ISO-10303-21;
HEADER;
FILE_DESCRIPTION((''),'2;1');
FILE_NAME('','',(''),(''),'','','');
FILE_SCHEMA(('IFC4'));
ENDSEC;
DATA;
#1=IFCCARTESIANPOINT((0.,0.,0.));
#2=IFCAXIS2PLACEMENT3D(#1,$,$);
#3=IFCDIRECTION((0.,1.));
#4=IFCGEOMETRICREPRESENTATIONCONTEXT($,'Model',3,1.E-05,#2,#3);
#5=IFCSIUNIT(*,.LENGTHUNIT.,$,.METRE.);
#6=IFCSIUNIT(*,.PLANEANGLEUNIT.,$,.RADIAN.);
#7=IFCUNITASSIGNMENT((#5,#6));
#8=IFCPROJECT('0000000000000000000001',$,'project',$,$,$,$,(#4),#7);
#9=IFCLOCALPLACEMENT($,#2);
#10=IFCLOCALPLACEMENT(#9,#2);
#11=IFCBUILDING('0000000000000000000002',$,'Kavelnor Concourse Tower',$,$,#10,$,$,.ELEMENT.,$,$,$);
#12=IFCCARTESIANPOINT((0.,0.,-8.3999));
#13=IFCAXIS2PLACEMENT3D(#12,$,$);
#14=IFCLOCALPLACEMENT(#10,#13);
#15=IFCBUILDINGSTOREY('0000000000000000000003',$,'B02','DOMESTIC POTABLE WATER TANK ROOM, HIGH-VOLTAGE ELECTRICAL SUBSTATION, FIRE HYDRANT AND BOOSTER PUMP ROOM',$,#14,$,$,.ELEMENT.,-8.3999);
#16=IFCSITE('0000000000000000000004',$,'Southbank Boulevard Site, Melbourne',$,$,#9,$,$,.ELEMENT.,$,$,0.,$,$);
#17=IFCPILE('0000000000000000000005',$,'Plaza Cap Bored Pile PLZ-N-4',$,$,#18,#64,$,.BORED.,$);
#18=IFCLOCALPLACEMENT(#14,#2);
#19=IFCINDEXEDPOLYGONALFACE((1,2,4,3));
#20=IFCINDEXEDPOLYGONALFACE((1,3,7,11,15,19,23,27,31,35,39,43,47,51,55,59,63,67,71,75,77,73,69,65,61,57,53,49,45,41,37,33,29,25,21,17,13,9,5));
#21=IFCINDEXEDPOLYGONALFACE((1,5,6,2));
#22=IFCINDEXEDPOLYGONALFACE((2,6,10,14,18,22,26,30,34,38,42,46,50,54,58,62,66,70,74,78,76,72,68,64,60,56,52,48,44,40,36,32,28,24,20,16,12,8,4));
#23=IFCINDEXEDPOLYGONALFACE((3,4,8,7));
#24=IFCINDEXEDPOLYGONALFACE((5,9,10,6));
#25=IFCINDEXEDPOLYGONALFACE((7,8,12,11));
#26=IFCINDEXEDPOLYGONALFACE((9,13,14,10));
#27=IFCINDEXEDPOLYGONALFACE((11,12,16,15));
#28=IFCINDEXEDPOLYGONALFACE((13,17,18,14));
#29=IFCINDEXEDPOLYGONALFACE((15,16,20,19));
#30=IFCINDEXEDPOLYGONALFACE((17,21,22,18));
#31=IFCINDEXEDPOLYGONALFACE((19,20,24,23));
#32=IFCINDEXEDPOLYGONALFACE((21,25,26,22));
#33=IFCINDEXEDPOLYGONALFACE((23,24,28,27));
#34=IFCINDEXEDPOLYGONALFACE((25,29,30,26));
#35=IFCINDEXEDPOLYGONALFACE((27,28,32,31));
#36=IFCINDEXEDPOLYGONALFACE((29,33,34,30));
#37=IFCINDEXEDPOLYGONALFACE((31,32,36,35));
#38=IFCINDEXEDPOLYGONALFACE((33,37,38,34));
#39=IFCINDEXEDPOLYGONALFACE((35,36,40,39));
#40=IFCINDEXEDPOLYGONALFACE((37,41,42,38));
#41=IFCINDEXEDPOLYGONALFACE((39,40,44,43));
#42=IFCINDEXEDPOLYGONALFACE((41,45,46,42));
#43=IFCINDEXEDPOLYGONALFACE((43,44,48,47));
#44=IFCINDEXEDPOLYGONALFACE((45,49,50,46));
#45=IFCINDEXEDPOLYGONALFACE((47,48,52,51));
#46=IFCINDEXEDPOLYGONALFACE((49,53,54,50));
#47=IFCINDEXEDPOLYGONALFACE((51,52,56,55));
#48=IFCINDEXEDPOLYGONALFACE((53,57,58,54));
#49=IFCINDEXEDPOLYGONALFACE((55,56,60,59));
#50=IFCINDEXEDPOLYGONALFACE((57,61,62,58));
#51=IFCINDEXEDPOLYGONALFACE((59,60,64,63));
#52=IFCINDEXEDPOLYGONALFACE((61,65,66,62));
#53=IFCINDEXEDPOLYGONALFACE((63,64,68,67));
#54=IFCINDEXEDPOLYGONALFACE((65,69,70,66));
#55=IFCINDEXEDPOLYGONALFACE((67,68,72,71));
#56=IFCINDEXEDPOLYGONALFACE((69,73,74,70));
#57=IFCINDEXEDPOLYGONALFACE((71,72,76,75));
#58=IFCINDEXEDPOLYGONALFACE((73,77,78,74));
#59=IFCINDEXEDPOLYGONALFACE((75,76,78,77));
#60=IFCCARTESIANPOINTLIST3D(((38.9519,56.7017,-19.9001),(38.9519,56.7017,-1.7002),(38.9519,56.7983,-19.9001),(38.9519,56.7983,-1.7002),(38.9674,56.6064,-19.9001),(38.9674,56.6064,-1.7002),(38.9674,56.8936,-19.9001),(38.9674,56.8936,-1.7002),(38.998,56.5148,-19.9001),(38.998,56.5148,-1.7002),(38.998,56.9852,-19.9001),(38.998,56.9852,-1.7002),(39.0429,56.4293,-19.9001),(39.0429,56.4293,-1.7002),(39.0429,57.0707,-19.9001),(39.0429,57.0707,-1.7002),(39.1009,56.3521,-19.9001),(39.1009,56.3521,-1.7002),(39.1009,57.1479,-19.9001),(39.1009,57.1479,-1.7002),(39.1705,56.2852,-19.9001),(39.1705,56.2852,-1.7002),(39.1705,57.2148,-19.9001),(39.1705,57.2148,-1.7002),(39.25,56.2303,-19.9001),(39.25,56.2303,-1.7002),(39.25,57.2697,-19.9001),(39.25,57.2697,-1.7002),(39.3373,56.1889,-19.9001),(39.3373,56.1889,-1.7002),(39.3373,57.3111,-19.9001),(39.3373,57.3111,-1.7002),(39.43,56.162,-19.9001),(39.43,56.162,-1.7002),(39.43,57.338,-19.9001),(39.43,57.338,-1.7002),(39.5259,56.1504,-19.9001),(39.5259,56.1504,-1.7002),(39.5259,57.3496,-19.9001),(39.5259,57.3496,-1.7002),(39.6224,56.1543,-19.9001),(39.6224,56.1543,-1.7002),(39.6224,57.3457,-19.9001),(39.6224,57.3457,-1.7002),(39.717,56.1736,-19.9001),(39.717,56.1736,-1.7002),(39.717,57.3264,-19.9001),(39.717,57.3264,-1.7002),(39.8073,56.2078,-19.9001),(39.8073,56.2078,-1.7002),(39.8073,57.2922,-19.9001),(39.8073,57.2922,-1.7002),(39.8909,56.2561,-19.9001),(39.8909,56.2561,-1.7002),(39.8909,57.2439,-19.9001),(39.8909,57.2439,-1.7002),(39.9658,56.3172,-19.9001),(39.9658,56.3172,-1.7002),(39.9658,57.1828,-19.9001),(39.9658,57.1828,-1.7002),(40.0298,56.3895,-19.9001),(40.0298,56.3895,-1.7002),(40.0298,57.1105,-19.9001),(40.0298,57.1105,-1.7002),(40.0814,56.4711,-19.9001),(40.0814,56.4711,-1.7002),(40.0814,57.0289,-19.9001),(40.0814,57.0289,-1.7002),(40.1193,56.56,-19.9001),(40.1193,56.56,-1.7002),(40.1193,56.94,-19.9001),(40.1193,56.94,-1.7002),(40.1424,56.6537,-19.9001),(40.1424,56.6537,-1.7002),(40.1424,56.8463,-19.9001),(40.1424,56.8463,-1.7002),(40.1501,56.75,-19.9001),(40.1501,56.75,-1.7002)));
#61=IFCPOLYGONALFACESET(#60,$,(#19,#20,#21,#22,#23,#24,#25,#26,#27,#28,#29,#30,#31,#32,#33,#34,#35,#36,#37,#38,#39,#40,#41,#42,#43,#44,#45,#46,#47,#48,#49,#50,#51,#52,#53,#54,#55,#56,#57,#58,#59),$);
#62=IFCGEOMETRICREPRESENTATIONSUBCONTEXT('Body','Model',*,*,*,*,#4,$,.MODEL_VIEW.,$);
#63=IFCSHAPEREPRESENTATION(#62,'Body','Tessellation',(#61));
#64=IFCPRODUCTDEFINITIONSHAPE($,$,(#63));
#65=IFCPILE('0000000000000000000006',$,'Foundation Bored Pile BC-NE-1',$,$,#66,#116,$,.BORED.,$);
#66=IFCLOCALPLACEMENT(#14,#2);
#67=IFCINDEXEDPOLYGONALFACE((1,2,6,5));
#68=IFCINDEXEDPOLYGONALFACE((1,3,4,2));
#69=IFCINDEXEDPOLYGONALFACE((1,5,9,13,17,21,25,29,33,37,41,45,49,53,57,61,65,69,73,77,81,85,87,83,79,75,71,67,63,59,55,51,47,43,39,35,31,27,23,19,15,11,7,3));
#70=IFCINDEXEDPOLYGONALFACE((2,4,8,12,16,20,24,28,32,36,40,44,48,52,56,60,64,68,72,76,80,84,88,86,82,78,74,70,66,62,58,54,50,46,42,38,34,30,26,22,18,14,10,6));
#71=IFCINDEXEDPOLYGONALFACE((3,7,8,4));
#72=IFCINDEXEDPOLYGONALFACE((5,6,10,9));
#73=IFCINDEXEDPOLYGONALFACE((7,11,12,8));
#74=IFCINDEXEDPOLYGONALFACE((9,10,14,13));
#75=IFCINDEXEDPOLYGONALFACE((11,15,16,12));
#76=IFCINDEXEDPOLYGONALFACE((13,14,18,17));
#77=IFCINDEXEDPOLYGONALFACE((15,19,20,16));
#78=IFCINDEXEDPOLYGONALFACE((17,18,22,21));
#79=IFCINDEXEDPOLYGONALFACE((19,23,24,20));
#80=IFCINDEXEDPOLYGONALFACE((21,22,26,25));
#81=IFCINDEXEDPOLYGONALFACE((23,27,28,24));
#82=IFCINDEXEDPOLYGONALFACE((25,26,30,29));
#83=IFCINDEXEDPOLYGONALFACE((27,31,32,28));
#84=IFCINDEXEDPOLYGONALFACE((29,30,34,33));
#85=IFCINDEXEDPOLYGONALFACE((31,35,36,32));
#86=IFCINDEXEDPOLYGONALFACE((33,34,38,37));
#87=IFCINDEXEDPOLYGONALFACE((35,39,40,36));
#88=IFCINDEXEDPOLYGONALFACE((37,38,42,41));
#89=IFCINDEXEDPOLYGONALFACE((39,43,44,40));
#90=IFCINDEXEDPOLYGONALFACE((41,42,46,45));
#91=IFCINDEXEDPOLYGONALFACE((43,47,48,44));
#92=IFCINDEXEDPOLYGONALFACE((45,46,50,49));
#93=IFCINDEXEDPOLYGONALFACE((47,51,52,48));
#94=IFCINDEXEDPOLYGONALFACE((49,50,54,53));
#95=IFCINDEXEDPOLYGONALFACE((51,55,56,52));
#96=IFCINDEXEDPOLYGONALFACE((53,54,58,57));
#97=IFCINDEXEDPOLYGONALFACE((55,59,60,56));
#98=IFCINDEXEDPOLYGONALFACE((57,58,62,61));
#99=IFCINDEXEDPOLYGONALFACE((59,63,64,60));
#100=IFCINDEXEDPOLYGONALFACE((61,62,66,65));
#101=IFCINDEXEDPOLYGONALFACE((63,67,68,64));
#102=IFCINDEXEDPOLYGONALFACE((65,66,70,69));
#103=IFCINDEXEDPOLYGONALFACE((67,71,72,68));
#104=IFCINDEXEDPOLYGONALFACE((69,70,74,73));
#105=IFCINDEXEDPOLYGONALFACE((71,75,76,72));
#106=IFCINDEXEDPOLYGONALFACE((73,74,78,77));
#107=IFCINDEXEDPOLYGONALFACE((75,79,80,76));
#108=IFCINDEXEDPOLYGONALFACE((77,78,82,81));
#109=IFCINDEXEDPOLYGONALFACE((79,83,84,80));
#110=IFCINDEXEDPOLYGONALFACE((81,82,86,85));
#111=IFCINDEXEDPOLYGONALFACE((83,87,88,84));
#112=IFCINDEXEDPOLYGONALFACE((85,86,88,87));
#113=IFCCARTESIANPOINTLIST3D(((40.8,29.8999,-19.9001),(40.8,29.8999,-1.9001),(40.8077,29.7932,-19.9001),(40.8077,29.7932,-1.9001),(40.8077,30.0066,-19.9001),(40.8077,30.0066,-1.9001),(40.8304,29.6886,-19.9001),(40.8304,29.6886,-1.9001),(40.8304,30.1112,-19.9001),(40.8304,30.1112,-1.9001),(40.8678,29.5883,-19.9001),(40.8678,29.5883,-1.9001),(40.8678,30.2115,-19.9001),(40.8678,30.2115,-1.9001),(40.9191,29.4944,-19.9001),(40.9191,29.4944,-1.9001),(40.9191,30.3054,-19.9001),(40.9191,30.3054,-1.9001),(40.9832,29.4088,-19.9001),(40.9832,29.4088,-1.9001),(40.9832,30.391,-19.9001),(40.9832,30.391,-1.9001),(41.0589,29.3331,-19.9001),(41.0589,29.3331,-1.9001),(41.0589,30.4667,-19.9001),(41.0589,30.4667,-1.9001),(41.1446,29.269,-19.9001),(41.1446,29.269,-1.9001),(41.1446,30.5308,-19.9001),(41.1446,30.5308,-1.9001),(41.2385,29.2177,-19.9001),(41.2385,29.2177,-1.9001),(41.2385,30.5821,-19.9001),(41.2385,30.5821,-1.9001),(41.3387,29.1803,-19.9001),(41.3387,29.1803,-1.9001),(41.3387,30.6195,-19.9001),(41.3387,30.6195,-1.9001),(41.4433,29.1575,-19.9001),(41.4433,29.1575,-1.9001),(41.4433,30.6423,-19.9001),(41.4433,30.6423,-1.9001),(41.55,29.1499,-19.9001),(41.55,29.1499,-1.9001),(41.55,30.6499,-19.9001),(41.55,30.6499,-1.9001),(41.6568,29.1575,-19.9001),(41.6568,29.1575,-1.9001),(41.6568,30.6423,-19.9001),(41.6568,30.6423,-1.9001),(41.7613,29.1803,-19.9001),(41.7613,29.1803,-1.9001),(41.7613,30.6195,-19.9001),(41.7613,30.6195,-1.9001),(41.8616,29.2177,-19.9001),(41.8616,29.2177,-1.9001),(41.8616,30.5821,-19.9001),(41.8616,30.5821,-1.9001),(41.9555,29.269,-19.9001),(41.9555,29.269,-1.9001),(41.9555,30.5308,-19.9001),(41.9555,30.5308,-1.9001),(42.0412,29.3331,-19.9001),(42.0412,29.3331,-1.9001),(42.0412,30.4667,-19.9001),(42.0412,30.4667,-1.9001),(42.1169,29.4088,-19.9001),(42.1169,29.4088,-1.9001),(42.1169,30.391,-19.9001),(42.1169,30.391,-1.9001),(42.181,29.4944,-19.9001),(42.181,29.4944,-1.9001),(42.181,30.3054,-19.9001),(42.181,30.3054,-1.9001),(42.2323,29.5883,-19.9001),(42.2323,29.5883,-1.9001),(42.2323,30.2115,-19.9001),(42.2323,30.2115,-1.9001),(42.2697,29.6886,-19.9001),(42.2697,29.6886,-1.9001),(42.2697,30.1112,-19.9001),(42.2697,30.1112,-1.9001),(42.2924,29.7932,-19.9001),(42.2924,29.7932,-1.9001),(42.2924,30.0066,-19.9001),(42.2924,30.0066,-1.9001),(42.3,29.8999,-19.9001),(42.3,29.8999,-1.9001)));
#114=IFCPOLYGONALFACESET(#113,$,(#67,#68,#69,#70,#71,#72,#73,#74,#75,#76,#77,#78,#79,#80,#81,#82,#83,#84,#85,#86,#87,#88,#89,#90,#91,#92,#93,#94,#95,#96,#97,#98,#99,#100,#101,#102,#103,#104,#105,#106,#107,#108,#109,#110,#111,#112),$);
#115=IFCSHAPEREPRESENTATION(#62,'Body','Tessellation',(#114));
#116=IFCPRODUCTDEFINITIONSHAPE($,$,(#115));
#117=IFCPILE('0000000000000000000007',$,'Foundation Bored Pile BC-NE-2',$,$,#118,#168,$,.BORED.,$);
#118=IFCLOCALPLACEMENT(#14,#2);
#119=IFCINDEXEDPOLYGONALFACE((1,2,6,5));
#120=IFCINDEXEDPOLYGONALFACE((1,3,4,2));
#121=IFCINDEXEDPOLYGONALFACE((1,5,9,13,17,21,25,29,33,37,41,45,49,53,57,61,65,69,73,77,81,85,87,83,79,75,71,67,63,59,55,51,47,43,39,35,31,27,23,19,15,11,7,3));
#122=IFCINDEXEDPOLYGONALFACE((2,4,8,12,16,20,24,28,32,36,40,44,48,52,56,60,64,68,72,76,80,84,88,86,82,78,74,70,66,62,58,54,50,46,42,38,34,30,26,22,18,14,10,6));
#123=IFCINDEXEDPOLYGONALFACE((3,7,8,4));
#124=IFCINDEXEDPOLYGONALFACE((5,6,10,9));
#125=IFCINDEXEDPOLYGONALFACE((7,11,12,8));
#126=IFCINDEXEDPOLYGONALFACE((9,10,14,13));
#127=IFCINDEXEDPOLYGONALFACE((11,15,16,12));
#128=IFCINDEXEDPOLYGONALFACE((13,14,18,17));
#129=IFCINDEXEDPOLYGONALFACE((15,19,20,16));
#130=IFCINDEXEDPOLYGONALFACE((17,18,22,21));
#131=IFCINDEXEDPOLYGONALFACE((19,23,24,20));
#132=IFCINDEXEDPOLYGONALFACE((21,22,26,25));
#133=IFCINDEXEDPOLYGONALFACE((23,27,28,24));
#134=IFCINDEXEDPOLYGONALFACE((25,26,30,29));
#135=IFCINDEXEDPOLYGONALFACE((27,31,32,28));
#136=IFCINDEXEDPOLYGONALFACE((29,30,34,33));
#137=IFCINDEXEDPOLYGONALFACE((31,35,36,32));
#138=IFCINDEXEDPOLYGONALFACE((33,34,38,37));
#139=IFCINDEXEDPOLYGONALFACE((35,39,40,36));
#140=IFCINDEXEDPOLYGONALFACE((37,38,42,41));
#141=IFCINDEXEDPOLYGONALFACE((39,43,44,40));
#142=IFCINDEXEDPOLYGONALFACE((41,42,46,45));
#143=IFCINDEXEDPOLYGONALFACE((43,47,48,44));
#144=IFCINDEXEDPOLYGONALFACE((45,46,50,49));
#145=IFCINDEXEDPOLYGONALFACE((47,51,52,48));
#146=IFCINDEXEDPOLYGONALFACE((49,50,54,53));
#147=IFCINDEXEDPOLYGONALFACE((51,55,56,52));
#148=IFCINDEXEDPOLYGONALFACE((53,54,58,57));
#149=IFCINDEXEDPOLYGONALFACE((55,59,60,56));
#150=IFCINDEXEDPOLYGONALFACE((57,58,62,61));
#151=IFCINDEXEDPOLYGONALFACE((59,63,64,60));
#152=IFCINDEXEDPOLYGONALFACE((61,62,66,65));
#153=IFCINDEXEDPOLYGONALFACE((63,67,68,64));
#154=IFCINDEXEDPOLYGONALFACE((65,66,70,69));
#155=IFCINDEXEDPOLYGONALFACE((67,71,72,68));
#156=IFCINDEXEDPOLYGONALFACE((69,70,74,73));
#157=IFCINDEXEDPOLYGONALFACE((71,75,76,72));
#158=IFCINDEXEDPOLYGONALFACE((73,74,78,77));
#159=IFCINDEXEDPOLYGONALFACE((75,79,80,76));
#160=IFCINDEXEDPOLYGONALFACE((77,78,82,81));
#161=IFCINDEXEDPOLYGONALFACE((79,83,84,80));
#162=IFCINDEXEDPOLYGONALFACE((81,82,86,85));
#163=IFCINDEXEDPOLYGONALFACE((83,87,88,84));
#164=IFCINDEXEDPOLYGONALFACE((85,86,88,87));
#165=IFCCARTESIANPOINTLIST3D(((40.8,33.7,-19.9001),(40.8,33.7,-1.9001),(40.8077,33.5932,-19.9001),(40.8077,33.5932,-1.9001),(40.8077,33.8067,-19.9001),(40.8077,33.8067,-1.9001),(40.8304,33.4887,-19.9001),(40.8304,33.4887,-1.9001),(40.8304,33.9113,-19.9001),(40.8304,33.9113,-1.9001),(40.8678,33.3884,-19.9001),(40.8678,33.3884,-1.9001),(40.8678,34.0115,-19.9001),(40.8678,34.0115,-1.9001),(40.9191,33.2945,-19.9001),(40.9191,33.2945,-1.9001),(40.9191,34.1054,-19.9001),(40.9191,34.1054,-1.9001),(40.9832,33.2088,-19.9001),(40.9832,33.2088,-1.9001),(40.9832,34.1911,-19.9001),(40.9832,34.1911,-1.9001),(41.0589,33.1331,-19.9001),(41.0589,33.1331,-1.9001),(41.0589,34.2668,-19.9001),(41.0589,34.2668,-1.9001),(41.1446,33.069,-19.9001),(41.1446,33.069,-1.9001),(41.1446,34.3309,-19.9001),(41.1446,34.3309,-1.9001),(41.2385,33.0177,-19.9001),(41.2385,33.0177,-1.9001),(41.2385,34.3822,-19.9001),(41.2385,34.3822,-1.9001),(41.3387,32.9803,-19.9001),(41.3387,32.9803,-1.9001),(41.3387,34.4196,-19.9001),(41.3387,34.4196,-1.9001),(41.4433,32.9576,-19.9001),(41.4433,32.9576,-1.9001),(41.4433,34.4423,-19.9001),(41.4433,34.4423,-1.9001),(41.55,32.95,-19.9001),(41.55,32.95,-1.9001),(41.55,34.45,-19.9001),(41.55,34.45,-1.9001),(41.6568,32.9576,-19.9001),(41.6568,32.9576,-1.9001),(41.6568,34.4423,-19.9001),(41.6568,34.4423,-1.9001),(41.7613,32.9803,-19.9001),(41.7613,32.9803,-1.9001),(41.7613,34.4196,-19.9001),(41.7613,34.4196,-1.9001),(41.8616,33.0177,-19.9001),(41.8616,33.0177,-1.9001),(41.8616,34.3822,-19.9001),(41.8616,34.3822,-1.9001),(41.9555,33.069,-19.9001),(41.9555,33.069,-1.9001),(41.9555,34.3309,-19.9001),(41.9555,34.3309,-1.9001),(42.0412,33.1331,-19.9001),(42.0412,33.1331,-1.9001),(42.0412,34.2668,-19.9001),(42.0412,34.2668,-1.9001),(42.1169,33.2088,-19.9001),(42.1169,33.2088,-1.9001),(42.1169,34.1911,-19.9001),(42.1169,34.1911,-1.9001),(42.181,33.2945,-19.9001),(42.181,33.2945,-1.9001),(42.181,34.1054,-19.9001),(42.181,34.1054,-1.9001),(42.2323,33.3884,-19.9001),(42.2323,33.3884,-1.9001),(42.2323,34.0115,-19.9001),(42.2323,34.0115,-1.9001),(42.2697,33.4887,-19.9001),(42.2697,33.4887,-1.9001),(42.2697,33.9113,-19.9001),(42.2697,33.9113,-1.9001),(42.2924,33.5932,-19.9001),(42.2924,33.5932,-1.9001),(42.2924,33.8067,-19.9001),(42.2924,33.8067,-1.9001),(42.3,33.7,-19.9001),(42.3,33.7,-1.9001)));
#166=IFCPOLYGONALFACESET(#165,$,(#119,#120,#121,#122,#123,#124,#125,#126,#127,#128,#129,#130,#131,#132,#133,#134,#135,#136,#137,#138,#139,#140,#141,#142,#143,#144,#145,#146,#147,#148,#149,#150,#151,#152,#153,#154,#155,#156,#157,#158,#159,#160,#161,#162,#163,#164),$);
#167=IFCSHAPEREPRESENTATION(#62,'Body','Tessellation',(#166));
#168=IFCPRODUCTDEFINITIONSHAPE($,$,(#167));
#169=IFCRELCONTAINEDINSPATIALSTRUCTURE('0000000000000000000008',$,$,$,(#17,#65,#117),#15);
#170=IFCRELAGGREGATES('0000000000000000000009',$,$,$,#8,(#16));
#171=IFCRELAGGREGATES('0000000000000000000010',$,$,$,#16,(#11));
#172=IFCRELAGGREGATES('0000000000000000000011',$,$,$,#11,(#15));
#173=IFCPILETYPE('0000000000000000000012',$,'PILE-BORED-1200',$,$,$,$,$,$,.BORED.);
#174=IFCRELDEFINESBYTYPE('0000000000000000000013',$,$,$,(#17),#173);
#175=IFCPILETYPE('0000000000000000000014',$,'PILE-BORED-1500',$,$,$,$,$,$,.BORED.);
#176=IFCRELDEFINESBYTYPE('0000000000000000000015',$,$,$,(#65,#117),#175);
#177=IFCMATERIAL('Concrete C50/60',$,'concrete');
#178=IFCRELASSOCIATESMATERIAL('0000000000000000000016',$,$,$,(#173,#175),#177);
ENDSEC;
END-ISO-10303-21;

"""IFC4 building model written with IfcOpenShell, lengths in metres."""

from ifc_helpers import new_model, si_unit, direction, frame, origin, origin_2d, place, context, subcontext, project, spatial, circle, extrude, material, material_profile, profile_set, type_object, element, save


model = new_model("IFC4")

# Units and contexts
model_context = context("Model", 3, precision=1e-05, world=origin(), true_north=direction((0.0, 1.0)))
body_context = subcontext(model_context, "Body", "Model", "MODEL_VIEW")
ifc_project = project(units=[si_unit("LENGTHUNIT", "METRE"), si_unit("PLANEANGLEUNIT", "RADIAN")], contexts=[model_context])

# Site, building, storey
site_placement = place(None, origin())
site = spatial("IfcSite", under=ifc_project, at=site_placement, Name="Southbank Boulevard Site, Melbourne", CompositionType="ELEMENT", RefElevation=0.0)
building_placement = place(site_placement, origin())
building = spatial("IfcBuilding", under=site, at=building_placement, Name="Kavelnor Concourse Tower", CompositionType="ELEMENT")
storey_placement = place(building_placement, frame((0.0, 0.0, -8.3999)))
storey = spatial("IfcBuildingStorey", under=building, at=storey_placement, Name="B02", Description="DOMESTIC POTABLE WATER TANK ROOM, HIGH-VOLTAGE ELECTRICAL SUBSTATION, FIRE HYDRANT AND BOOSTER PUMP ROOM", CompositionType="ELEMENT", Elevation=-8.3999)

# Shared definitions
ifc_material_1 = material(Name="Concrete C50/60", Category="concrete")

# Piles
ifc_material_profile_1 = material_profile(ifc_material_1, circle(Radius=0.6001, at=origin_2d()), Name="PILE-D1200")
ifc_profile_set_1 = profile_set([ifc_material_profile_1], Name="Concrete C50/60")
pile_type_1 = type_object("IfcPileType", Name="PILE-BORED-1200", PredefinedType="BORED", material=ifc_profile_set_1)
for number, where, z_axis, x_axis, name in (
    (1, (39.55, 56.75, -1.7002), (0.0, 0.0, -1.0), (1.0, 0.0, 0.0), "Plaza Cap Bored Pile PLZ-N-4"),
):
    element("IfcPile", number, at=place(storey_placement, frame(where, z_axis=z_axis, x_axis=x_axis)), inside=storey, type_object=pile_type_1, Name=name, PredefinedType="BORED", context=body_context, shape_type="SweptSolid", body=[
        extrude(circle(Radius=0.6001, at=origin_2d()), origin(), (0.0, 0.0, 1.0), 18.2),
    ])
ifc_material_profile_2 = material_profile(ifc_material_1, circle(Radius=0.75, at=origin_2d()), Name="PILE-D1500")
ifc_profile_set_2 = profile_set([ifc_material_profile_2], Name="Concrete C50/60")
pile_type_2 = type_object("IfcPileType", Name="PILE-BORED-1500", PredefinedType="BORED", material=ifc_profile_set_2)
for number, where, z_axis, x_axis, name in (
    (2, (41.55, 29.8999, -1.9001), (0.0, 0.0, -1.0), (1.0, 0.0, 0.0), "Foundation Bored Pile BC-NE-1"),
    (3, (41.55, 33.7, -1.9001), (0.0, 0.0, -1.0), (1.0, 0.0, 0.0), "Foundation Bored Pile BC-NE-2"),
):
    element("IfcPile", number, at=place(storey_placement, frame(where, z_axis=z_axis, x_axis=x_axis)), inside=storey, type_object=pile_type_2, Name=name, PredefinedType="BORED", context=body_context, shape_type="SweptSolid", body=[
        extrude(circle(Radius=0.75, at=origin_2d()), origin(), (0.0, 0.0, 1.0), 18.0),
    ])

save(model, "model.ifc")
